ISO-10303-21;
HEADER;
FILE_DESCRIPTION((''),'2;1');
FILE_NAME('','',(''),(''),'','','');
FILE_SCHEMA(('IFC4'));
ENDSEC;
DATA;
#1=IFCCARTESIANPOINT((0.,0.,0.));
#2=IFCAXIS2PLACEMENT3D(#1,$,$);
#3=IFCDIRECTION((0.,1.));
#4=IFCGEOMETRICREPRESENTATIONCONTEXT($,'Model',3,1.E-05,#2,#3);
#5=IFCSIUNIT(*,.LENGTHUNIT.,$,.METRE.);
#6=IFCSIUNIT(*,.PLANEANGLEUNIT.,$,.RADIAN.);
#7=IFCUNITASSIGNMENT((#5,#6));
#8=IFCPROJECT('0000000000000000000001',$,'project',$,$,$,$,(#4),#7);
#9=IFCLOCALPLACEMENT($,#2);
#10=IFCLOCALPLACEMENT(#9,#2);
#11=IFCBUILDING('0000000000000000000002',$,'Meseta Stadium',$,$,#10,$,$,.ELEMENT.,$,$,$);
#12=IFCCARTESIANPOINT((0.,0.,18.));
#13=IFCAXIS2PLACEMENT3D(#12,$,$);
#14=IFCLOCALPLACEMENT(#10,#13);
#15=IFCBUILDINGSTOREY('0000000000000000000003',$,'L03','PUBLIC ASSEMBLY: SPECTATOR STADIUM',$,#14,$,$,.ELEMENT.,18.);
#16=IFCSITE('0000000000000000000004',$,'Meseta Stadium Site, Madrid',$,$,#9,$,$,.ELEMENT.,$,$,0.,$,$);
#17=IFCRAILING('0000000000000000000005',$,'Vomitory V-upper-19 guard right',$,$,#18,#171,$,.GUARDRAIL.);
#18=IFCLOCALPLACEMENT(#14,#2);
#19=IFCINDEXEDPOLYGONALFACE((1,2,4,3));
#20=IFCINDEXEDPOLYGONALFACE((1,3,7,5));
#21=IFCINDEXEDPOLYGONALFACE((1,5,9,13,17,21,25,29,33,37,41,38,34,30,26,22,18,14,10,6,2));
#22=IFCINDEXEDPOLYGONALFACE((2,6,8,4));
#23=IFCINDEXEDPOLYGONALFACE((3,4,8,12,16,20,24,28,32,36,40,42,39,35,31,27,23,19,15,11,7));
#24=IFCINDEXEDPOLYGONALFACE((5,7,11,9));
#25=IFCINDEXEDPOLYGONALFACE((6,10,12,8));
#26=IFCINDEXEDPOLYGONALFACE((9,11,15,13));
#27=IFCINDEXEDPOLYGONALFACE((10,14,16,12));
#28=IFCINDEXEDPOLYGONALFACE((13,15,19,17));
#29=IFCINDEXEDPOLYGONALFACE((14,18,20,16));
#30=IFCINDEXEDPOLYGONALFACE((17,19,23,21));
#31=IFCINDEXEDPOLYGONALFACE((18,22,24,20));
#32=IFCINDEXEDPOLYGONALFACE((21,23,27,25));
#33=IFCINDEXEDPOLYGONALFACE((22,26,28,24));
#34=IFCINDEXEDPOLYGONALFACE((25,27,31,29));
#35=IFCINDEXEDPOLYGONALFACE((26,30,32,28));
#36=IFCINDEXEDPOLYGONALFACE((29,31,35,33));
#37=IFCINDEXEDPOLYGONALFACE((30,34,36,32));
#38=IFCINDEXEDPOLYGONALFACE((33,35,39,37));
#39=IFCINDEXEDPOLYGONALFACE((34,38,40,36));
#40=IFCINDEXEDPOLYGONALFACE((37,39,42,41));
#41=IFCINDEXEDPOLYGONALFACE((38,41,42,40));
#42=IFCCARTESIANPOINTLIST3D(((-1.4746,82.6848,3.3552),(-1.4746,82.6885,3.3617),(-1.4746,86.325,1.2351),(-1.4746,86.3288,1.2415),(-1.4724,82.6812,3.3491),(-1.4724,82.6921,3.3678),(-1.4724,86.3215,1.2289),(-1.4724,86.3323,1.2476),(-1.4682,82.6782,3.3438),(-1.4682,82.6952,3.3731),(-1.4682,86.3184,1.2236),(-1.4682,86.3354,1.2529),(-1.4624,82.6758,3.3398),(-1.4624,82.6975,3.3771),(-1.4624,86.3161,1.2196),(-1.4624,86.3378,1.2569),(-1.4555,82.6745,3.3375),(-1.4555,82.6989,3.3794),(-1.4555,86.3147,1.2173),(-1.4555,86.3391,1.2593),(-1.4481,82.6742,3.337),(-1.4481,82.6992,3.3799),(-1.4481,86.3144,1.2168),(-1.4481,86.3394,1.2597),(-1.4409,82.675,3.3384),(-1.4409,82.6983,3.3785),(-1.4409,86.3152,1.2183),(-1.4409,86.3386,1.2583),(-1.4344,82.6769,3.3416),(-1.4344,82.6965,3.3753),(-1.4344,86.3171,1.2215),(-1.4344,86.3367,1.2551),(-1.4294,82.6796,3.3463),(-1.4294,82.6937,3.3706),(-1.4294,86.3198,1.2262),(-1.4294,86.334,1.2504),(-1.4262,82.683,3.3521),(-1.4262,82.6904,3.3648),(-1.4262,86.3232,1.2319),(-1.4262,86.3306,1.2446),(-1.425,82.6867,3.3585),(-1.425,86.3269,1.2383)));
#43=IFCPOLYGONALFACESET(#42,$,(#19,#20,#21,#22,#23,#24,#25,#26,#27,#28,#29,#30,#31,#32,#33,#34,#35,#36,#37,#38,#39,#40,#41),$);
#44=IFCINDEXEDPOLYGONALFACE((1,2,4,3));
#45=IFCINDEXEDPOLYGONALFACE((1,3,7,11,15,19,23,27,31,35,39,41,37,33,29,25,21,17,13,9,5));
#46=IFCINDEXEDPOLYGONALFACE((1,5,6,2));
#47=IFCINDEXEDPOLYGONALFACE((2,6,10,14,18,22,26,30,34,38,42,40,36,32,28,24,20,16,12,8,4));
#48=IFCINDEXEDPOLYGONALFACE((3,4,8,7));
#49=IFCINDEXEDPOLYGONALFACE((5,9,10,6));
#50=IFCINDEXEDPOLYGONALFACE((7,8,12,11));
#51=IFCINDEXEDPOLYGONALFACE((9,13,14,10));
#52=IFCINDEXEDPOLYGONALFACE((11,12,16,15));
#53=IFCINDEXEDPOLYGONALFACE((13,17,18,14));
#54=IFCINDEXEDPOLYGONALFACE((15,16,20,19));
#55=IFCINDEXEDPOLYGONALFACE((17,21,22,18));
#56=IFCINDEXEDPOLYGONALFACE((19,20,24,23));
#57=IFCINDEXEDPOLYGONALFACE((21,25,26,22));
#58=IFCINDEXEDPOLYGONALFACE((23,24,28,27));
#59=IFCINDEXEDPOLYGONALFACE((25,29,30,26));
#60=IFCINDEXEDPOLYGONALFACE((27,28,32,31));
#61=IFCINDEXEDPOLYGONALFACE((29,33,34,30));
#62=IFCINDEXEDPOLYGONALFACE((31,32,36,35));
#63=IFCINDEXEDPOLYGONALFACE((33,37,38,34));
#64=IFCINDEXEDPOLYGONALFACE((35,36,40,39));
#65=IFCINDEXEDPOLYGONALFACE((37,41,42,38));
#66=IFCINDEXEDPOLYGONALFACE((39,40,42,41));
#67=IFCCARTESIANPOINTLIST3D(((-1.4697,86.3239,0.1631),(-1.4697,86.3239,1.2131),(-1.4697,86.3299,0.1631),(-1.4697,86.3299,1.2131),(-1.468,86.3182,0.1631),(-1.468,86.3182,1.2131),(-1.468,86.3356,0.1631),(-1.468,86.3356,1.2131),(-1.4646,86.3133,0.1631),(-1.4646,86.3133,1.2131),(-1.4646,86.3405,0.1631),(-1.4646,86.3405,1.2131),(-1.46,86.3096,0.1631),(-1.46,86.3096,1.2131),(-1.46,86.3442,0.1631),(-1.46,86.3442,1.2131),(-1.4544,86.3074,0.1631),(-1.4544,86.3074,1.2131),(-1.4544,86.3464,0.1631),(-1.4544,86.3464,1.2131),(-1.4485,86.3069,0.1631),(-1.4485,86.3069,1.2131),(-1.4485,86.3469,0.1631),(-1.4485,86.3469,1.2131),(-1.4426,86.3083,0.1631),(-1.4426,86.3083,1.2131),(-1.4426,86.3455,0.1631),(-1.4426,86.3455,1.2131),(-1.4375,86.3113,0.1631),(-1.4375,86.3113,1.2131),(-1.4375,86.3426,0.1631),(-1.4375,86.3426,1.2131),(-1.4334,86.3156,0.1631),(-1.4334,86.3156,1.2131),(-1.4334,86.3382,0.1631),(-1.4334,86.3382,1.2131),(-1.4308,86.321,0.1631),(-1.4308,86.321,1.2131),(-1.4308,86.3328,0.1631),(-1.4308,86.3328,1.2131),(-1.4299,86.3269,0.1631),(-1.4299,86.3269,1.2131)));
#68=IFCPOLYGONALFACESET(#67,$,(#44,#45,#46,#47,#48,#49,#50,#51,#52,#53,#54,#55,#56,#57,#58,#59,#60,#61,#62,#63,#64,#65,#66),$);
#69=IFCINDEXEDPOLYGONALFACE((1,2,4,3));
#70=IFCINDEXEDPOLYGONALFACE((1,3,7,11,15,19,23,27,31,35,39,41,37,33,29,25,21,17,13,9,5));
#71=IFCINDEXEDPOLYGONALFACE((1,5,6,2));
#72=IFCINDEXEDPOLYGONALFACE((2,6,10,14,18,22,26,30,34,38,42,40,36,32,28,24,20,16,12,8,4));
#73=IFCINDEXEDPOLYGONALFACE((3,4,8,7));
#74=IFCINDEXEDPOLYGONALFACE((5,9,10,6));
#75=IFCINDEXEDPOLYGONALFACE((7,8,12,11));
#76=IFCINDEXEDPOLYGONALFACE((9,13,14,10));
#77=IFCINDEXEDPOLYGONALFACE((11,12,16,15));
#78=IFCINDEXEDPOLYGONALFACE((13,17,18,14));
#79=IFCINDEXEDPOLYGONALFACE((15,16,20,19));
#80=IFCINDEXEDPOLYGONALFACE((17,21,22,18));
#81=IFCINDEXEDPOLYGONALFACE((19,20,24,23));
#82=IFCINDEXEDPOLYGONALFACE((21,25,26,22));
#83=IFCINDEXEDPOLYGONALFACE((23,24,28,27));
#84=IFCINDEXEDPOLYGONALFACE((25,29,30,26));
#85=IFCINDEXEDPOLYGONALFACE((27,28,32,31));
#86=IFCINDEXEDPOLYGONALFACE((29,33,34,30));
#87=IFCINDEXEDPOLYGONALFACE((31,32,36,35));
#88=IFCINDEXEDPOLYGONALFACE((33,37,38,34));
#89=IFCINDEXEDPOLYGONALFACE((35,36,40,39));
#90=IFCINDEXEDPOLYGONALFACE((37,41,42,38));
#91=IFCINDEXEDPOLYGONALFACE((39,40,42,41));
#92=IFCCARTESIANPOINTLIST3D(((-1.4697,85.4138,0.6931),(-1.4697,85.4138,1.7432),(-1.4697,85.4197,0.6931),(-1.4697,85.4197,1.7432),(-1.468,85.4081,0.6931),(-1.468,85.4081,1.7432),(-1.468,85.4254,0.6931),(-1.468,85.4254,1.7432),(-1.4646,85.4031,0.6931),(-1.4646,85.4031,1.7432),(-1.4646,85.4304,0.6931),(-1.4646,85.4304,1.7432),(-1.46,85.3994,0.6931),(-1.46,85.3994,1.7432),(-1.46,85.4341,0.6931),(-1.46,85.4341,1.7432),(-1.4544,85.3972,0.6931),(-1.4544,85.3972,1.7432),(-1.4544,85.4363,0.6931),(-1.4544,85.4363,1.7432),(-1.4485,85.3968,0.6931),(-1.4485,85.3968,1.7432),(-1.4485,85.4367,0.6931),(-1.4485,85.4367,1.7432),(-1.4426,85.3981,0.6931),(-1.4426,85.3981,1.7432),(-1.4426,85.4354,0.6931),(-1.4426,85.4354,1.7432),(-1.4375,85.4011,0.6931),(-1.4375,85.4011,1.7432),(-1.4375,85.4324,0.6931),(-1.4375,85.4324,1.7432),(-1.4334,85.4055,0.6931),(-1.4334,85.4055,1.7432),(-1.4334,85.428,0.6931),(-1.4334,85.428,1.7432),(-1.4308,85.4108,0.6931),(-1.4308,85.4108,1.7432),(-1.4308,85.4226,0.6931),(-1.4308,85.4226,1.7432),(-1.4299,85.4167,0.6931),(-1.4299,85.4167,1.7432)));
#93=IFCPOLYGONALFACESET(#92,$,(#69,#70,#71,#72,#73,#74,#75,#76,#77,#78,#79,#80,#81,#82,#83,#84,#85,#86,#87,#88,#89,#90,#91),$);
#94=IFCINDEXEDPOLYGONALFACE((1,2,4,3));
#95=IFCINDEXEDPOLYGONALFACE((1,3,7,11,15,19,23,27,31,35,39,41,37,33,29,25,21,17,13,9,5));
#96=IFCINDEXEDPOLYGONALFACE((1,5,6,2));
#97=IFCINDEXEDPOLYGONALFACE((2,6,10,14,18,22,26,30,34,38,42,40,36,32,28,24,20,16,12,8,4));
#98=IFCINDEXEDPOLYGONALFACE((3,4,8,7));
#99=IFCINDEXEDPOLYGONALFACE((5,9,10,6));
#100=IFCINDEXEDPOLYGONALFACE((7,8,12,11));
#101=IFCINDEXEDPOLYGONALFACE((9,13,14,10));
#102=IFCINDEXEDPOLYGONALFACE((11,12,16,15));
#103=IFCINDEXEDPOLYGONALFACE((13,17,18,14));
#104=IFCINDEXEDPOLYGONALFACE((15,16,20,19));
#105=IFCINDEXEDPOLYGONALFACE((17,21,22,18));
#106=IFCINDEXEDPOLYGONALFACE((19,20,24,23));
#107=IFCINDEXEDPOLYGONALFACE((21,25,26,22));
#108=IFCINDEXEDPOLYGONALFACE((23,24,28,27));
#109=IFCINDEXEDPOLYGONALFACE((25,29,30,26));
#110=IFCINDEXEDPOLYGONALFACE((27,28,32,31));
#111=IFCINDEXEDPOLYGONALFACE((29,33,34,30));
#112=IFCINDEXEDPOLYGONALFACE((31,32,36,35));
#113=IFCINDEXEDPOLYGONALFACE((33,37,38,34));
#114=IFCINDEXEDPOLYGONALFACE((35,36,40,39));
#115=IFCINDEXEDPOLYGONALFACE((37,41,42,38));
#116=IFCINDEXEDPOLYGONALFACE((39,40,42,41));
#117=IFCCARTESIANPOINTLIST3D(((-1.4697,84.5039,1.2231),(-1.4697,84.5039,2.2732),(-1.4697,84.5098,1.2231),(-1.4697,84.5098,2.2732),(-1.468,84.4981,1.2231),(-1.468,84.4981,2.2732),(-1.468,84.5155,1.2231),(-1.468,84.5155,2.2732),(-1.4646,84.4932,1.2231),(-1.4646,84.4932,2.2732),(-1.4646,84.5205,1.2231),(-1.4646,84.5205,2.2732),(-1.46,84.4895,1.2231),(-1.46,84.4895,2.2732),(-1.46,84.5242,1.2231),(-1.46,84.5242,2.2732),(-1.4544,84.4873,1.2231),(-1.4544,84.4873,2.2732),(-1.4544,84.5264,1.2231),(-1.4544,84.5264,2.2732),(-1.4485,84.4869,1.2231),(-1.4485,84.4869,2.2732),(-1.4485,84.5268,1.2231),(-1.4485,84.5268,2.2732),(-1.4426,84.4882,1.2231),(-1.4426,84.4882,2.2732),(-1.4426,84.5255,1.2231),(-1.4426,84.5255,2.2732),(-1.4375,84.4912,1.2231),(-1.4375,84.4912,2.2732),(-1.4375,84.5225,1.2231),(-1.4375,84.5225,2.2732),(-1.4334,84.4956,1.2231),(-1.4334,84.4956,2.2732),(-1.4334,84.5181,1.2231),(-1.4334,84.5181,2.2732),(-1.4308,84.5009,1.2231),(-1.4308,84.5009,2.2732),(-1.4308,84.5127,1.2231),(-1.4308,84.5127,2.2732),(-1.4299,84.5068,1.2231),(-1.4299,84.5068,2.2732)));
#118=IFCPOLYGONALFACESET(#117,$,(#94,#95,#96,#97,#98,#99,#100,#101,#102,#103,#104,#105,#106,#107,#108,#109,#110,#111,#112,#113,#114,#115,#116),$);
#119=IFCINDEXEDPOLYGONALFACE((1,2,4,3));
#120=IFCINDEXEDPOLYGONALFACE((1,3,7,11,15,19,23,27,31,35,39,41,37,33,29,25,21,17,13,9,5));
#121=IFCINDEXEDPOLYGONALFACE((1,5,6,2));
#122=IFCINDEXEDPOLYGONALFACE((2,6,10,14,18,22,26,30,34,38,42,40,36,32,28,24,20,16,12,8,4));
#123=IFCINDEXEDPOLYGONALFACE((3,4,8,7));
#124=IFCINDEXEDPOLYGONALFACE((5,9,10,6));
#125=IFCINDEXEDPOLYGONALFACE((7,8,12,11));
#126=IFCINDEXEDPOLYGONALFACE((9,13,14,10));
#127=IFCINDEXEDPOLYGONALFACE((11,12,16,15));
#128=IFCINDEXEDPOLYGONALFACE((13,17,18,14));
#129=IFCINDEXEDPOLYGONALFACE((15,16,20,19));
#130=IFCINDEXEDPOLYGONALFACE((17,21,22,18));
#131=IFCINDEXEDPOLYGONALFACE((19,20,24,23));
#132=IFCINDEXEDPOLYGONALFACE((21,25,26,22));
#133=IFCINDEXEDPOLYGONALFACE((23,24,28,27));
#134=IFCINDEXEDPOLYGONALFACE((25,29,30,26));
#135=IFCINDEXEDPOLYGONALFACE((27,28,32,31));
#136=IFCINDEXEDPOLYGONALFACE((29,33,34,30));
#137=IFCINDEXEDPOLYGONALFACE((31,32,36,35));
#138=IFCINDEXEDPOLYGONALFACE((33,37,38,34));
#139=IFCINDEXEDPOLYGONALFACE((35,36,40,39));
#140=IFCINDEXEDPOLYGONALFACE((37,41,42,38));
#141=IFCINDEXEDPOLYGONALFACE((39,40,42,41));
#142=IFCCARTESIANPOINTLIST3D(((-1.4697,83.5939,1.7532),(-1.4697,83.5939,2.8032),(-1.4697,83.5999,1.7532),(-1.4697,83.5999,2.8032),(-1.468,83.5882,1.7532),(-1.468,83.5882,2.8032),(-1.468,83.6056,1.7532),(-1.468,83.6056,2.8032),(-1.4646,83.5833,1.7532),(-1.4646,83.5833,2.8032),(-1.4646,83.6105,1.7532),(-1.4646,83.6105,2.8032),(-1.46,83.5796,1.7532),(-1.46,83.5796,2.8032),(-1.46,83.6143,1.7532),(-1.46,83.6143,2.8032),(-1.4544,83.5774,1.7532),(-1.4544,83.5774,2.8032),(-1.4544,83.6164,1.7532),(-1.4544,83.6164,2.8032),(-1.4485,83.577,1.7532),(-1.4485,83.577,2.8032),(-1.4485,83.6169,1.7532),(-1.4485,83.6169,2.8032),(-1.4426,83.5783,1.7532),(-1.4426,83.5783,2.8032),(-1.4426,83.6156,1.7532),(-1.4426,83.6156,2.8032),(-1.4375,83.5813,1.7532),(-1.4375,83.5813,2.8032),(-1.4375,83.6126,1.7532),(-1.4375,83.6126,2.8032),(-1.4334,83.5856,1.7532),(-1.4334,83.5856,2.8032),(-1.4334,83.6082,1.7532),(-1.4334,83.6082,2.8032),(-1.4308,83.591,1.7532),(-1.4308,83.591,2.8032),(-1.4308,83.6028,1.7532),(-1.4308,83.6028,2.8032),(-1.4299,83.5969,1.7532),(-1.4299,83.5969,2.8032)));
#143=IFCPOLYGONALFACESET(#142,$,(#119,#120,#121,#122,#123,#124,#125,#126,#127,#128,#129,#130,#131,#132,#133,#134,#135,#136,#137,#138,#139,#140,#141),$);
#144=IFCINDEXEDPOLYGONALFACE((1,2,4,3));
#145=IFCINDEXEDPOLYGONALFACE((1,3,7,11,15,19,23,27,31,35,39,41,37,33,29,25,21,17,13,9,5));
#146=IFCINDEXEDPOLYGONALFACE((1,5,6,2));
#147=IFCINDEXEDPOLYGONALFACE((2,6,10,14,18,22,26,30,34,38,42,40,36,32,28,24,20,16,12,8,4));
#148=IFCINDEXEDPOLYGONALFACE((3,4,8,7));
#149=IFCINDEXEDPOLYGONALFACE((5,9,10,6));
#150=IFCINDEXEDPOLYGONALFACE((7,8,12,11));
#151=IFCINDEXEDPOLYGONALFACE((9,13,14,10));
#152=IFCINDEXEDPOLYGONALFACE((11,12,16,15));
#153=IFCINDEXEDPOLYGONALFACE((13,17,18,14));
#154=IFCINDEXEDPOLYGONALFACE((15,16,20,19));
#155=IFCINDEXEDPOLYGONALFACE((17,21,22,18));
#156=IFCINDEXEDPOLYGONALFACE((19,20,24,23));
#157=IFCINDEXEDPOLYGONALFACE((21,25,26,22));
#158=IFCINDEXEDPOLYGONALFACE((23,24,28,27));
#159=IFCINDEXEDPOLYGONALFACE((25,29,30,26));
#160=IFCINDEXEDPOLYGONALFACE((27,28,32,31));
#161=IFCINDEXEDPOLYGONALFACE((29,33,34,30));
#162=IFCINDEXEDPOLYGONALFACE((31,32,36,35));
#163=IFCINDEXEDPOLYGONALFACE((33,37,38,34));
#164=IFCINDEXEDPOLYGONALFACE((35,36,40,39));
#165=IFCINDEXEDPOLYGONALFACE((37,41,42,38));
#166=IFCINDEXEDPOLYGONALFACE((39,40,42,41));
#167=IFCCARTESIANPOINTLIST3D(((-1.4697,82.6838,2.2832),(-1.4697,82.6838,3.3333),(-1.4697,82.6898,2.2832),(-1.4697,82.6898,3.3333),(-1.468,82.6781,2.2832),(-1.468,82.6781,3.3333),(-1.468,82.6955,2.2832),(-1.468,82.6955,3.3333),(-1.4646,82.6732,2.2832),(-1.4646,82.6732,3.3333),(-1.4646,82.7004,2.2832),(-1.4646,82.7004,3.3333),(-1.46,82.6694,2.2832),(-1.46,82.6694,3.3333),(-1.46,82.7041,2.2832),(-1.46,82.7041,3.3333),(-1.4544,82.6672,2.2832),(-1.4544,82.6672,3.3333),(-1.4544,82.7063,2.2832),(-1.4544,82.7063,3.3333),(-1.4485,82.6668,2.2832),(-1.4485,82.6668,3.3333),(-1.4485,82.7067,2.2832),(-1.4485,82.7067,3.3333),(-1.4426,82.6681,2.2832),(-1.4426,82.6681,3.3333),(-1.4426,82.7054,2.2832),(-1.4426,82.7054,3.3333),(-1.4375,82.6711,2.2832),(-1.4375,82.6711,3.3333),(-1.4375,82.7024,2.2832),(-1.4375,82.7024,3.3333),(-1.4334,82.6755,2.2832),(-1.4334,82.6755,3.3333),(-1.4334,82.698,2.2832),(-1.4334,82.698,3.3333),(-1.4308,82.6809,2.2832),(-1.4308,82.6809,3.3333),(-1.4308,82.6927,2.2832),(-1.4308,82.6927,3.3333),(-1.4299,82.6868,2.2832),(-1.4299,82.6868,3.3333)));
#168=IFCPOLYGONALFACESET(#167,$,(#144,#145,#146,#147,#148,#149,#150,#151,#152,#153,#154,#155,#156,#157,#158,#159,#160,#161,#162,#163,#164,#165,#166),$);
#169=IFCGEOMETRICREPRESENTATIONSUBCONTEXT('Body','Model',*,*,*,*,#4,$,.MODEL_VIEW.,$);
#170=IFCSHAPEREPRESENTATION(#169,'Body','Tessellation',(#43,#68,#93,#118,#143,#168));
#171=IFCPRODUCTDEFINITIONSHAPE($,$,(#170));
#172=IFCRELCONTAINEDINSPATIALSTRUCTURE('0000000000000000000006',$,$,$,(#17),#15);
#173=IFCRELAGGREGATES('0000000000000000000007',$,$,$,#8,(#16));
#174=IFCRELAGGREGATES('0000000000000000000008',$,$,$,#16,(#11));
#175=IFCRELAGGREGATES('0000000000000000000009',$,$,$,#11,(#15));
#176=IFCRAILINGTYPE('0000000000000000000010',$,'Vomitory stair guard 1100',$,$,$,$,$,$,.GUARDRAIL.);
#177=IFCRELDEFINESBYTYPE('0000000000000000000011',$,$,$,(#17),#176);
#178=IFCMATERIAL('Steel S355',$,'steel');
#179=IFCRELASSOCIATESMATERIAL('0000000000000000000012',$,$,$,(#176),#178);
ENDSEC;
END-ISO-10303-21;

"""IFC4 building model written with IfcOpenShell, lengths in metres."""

from ifc_helpers import new_model, si_unit, direction, frame, origin, origin_2d, place, context, subcontext, project, spatial, circle, extrude, material, type_object, element, save


model = new_model("IFC4")

# Units and contexts
model_context = context("Model", 3, precision=1e-05, world=origin(), true_north=direction((0.0, 1.0)))
body_context = subcontext(model_context, "Body", "Model", "MODEL_VIEW")
ifc_project = project(units=[si_unit("LENGTHUNIT", "METRE"), si_unit("PLANEANGLEUNIT", "RADIAN")], contexts=[model_context])

# Site, building, storey
site_placement = place(None, origin())
site = spatial("IfcSite", under=ifc_project, at=site_placement, Name="Meseta Stadium Site, Madrid", CompositionType="ELEMENT", RefElevation=0.0)
building_placement = place(site_placement, origin())
building = spatial("IfcBuilding", under=site, at=building_placement, Name="Meseta Stadium", CompositionType="ELEMENT")
storey_placement = place(building_placement, frame((0.0, 0.0, 18.0)))
storey = spatial("IfcBuildingStorey", under=building, at=storey_placement, Name="L03", Description="PUBLIC ASSEMBLY: SPECTATOR STADIUM", CompositionType="ELEMENT", Elevation=18.0)

# Railing
ifc_material_1 = material(Name="Steel S355", Category="steel")
railing_type_1 = type_object("IfcRailingType", Name="Vomitory stair guard 1100", PredefinedType="GUARDRAIL", material=ifc_material_1)
railing_1_placement = place(storey_placement, frame((-1.45, 86.3269, 0.1631)))
element("IfcRailing", 1, at=railing_1_placement, inside=storey, type_object=railing_type_1, Name="Vomitory V-upper-19 guard right", PredefinedType="GUARDRAIL", context=body_context, shape_type="SweptSolid", body=[
    extrude(circle(Radius=0.0249, at=origin_2d()), frame((0.0, 0.0, 1.0752), z_axis=(0.0, -0.864119, 0.503287), x_axis=(1.0, 0.0, 0.0)), (0.0, 0.0, 1.0), 4.2126),
    extrude(circle(Radius=0.02, at=origin_2d()), origin(), (0.0, 0.0, 1.0), 1.05),
    extrude(circle(Radius=0.02, at=origin_2d()), frame((0.0, -0.9102, 0.53)), (0.0, 0.0, 1.0), 1.05),
    extrude(circle(Radius=0.02, at=origin_2d()), frame((0.0, -1.8201, 1.0601)), (0.0, 0.0, 1.0), 1.05),
    extrude(circle(Radius=0.02, at=origin_2d()), frame((0.0, -2.73, 1.5901)), (0.0, 0.0, 1.0), 1.05),
    extrude(circle(Radius=0.02, at=origin_2d()), frame((0.0, -3.6401, 2.1201)), (0.0, 0.0, 1.0), 1.05),
])

save(model, "model.ifc")
